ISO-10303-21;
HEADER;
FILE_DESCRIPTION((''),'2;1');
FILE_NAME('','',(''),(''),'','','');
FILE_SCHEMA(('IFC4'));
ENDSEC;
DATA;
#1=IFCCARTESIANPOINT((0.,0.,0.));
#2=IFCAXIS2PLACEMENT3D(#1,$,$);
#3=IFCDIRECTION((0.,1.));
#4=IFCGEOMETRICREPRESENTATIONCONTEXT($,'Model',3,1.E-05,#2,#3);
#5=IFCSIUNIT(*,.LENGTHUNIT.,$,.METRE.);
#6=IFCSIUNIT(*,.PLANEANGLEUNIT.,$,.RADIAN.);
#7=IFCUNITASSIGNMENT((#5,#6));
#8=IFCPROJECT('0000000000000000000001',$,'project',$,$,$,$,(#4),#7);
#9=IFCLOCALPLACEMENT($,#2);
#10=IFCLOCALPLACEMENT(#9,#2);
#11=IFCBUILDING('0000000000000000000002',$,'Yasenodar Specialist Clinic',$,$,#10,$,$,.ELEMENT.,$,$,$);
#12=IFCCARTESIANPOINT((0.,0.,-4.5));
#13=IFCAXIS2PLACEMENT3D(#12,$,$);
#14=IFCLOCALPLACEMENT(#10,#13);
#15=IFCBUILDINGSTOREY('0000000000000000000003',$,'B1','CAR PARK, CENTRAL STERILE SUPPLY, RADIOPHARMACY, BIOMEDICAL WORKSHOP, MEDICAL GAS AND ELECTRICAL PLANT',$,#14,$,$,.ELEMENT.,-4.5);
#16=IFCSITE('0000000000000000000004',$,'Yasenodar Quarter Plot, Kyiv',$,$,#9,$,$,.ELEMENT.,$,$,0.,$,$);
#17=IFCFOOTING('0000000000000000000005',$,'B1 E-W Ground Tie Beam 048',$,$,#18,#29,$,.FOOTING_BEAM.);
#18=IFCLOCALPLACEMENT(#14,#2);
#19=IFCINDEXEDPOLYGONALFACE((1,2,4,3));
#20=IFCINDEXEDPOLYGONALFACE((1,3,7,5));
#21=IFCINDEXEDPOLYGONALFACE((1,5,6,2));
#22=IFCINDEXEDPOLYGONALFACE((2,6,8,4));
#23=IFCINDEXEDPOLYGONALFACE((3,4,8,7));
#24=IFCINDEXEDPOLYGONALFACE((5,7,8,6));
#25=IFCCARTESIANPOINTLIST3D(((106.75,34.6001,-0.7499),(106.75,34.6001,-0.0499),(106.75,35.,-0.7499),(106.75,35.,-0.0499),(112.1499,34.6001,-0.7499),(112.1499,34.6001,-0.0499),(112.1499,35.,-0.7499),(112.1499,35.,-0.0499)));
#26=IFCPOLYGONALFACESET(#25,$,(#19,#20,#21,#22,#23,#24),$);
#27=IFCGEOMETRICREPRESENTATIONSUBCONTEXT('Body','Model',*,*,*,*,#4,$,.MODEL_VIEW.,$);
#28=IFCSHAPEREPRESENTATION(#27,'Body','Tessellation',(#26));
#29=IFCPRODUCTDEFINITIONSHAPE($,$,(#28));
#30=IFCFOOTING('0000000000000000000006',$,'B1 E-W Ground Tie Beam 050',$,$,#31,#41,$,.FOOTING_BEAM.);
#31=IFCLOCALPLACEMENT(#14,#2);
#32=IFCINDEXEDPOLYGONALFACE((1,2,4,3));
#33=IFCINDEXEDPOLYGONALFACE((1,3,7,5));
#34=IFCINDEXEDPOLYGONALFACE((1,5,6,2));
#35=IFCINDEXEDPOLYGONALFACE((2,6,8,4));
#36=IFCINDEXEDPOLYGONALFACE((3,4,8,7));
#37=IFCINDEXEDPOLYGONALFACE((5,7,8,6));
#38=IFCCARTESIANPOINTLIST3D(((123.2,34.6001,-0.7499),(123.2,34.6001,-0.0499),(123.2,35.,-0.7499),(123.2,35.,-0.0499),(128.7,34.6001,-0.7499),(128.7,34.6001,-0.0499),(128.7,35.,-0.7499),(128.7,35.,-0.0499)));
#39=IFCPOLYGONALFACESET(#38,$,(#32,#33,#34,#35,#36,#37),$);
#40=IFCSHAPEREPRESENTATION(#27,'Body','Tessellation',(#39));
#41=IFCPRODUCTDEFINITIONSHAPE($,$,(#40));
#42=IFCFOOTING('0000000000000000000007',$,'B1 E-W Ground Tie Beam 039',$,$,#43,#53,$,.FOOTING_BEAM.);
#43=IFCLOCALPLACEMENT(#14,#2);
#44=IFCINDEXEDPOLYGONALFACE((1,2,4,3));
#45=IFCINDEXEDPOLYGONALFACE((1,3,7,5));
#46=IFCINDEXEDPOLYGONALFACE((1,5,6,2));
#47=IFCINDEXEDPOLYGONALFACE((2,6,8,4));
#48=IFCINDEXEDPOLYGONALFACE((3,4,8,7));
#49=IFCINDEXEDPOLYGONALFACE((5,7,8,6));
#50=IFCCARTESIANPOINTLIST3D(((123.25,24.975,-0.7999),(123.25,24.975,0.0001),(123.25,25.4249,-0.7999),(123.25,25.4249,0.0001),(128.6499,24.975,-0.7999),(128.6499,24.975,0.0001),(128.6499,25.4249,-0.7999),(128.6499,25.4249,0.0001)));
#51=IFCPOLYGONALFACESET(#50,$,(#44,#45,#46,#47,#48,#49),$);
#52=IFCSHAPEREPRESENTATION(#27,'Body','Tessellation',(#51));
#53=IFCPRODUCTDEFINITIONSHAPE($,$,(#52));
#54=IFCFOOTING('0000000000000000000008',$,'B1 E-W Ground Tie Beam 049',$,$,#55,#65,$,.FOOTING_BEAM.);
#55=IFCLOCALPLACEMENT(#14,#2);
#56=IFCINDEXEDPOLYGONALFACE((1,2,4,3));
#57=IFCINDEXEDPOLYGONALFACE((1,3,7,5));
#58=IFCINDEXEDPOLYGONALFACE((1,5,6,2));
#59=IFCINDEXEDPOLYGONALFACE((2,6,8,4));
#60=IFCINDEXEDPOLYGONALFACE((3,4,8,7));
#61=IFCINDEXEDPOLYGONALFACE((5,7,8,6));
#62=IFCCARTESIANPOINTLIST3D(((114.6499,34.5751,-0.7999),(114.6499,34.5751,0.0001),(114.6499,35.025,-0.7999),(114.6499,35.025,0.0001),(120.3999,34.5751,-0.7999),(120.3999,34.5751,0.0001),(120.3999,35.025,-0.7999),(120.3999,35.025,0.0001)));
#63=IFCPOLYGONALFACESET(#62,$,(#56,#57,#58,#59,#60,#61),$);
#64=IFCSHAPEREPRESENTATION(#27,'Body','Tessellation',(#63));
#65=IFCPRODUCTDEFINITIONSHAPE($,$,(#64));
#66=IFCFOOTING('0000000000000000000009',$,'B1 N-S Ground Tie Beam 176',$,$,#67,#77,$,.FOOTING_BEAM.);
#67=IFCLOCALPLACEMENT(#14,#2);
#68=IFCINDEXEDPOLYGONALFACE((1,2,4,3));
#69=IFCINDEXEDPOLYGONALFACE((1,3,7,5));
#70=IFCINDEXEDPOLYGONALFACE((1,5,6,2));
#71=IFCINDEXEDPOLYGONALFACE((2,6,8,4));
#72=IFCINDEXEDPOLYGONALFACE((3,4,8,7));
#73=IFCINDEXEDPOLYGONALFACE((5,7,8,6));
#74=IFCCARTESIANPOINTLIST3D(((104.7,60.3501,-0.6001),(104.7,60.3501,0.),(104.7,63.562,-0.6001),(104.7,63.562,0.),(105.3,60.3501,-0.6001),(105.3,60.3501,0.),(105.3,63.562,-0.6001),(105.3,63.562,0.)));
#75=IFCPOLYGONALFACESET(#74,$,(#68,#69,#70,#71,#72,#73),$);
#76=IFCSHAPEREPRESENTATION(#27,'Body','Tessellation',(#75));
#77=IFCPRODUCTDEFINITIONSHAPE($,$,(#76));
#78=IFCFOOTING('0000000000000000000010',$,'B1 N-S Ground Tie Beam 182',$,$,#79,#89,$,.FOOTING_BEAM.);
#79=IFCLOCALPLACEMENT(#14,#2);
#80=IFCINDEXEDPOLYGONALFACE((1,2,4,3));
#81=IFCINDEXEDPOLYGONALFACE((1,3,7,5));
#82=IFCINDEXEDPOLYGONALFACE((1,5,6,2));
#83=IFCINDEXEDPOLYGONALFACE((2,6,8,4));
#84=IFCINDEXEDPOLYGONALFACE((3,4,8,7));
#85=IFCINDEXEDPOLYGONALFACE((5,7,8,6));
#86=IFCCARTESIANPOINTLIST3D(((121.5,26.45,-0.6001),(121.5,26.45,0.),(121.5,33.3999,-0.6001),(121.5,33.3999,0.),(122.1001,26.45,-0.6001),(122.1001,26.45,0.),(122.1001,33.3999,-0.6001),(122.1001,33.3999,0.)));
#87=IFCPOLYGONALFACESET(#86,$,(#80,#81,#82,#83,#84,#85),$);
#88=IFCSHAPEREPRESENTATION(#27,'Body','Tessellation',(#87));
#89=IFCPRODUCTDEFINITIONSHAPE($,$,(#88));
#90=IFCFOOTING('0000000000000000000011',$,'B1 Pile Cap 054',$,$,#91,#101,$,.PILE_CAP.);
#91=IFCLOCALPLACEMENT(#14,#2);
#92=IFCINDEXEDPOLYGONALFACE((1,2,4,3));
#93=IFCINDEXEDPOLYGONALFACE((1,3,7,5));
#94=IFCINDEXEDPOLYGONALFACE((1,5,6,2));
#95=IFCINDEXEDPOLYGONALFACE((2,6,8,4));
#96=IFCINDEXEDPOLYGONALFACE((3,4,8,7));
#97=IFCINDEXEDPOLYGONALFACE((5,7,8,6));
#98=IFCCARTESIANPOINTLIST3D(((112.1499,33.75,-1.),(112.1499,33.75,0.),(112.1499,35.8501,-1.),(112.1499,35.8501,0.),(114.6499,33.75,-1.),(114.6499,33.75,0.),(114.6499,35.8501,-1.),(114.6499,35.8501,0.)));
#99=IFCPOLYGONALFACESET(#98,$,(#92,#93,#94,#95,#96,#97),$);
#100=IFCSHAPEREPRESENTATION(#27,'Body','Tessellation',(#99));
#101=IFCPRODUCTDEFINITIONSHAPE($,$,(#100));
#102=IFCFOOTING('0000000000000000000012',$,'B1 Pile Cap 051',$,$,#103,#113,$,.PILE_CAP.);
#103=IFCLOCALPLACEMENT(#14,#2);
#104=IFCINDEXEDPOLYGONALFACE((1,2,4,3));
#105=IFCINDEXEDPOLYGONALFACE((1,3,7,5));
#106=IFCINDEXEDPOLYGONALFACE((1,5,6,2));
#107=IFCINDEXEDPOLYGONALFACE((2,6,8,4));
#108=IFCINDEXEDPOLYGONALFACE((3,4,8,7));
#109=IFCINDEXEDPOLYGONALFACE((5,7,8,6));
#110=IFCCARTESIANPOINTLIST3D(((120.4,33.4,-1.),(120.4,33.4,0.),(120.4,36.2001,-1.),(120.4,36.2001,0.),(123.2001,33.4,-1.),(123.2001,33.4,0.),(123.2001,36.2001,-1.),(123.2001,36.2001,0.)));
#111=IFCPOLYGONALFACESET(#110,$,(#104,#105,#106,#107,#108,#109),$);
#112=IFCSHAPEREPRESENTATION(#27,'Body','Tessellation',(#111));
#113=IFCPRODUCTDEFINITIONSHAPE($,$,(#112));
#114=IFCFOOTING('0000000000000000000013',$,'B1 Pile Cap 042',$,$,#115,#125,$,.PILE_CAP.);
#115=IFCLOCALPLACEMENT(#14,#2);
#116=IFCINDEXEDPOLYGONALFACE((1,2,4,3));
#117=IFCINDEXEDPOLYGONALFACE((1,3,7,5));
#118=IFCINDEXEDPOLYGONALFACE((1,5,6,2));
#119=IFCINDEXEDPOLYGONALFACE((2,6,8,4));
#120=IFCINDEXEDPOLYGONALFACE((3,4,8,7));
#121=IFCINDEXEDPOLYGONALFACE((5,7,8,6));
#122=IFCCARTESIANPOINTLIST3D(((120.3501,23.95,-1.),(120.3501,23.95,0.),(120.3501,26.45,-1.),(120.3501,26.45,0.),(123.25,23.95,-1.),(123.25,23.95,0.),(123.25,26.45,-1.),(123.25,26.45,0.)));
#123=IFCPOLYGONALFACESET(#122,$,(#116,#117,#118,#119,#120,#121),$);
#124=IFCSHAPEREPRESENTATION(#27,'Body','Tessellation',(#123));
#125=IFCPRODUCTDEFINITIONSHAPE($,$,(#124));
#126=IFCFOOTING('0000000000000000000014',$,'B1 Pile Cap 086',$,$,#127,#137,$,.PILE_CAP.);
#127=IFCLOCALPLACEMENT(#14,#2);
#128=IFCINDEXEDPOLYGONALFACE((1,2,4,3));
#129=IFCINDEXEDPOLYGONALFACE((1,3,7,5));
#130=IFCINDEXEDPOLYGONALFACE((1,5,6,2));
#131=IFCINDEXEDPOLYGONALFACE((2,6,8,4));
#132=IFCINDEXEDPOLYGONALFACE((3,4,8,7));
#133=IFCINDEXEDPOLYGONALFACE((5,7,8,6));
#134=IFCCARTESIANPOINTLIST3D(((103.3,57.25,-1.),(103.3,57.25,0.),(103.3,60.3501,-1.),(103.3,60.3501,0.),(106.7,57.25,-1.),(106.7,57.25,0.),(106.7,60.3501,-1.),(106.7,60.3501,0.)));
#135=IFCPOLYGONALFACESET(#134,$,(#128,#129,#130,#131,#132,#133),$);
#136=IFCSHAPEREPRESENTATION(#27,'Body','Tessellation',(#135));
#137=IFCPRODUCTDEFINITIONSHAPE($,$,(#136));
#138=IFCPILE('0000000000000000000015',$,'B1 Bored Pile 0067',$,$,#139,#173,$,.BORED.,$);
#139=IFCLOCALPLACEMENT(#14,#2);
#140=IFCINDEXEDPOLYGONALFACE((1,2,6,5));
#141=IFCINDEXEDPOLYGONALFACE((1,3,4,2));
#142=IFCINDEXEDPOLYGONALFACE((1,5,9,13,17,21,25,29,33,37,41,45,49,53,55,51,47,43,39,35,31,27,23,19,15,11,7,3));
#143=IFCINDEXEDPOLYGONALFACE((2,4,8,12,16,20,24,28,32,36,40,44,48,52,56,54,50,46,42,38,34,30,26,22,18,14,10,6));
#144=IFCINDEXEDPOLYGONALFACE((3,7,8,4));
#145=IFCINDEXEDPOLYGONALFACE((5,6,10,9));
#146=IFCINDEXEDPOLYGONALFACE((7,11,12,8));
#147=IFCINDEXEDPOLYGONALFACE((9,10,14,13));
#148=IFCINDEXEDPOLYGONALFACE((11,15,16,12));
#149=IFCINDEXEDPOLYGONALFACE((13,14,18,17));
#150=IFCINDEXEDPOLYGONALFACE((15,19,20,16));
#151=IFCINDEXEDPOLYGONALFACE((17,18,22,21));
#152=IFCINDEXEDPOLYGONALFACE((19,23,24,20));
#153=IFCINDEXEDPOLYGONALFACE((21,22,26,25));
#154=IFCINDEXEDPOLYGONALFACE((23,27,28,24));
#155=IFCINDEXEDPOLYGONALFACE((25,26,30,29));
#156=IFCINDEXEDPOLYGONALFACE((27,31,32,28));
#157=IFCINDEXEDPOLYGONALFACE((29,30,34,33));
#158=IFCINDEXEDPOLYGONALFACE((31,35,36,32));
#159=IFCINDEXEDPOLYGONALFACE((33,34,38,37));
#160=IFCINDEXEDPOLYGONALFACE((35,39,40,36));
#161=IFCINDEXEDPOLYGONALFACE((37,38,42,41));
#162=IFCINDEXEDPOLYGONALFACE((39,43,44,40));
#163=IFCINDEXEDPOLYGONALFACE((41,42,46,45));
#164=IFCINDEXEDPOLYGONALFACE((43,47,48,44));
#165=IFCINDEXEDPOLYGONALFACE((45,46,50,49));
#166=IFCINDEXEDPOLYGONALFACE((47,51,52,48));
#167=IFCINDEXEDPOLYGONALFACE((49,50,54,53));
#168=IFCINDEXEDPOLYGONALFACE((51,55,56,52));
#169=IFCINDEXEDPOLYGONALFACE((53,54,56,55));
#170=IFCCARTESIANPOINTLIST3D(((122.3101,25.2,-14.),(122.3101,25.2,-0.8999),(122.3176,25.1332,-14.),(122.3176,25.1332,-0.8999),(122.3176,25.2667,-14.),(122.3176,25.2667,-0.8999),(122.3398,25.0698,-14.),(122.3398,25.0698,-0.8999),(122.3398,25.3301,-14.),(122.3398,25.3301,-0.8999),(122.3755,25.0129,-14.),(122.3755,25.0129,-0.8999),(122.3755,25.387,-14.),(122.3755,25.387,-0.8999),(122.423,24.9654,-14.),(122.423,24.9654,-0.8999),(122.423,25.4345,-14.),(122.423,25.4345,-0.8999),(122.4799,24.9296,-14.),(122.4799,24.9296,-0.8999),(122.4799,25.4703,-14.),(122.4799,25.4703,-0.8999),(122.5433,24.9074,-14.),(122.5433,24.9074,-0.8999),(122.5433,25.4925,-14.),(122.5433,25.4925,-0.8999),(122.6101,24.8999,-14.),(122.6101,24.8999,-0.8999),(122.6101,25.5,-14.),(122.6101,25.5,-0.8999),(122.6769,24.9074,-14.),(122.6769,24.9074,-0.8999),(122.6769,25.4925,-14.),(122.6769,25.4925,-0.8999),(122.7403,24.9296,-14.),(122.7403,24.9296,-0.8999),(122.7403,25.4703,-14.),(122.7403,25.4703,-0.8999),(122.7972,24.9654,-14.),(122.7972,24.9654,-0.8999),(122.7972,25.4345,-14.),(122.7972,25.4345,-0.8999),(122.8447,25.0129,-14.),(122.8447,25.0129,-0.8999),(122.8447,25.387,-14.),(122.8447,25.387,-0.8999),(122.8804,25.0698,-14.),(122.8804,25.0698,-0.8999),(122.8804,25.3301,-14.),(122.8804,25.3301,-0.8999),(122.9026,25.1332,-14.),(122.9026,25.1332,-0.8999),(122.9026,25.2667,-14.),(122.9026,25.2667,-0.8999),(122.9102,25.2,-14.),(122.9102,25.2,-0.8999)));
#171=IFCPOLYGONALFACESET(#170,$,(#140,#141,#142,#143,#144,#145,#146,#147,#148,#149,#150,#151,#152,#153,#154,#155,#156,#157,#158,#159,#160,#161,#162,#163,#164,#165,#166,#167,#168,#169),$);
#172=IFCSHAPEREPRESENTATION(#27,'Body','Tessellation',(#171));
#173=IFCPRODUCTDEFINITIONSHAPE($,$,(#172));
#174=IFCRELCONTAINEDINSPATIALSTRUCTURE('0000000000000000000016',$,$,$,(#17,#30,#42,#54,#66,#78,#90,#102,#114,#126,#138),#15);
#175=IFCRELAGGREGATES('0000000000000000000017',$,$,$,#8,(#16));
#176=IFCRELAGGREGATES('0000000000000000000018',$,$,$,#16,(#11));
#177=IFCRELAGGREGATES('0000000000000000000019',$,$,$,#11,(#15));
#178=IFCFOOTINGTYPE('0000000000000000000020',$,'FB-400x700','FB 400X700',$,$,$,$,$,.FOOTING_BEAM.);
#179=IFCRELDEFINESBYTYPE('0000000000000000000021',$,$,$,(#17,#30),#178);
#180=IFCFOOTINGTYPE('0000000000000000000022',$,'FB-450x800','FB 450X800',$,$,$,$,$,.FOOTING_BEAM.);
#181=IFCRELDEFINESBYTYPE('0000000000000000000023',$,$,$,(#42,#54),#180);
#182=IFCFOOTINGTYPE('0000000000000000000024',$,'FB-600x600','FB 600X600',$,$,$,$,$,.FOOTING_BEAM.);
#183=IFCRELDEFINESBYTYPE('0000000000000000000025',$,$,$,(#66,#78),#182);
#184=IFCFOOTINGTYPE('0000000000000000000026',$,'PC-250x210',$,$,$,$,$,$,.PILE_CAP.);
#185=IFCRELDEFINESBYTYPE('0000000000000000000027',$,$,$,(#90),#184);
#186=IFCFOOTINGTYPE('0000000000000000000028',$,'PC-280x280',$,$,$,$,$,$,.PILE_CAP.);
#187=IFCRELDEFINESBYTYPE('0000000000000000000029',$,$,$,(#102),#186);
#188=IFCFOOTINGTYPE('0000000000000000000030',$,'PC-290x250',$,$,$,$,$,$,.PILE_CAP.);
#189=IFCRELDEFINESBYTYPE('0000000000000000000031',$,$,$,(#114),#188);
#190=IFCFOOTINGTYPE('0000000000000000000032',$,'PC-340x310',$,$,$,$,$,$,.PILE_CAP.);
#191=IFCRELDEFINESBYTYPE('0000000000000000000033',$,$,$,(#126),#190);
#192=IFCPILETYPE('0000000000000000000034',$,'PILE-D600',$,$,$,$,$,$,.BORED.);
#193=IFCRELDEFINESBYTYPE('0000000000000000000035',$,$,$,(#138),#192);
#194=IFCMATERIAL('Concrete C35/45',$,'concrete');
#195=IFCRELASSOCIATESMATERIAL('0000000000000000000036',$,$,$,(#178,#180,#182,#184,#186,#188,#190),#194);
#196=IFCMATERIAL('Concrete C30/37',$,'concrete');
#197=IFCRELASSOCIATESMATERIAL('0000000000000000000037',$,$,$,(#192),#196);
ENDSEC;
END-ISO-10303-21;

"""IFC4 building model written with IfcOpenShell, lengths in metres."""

from ifc_helpers import new_model, si_unit, direction, frame, origin, origin_2d, place, context, subcontext, project, spatial, rectangle, circle, extrude, material, material_profile, profile_set, type_object, element, save


model = new_model("IFC4")

# Units and contexts
model_context = context("Model", 3, precision=1e-05, world=origin(), true_north=direction((0.0, 1.0)))
body_context = subcontext(model_context, "Body", "Model", "MODEL_VIEW")
ifc_project = project(units=[si_unit("LENGTHUNIT", "METRE"), si_unit("PLANEANGLEUNIT", "RADIAN")], contexts=[model_context])

# Site, building, storey
site_placement = place(None, origin())
site = spatial("IfcSite", under=ifc_project, at=site_placement, Name="Yasenodar Quarter Plot, Kyiv", CompositionType="ELEMENT", RefElevation=0.0)
building_placement = place(site_placement, origin())
building = spatial("IfcBuilding", under=site, at=building_placement, Name="Yasenodar Specialist Clinic", CompositionType="ELEMENT")
storey_placement = place(building_placement, frame((0.0, 0.0, -4.5)))
storey = spatial("IfcBuildingStorey", under=building, at=storey_placement, Name="B1", Description="CAR PARK, CENTRAL STERILE SUPPLY, RADIOPHARMACY, BIOMEDICAL WORKSHOP, MEDICAL GAS AND ELECTRICAL PLANT", CompositionType="ELEMENT", Elevation=-4.5)

# Footings
ifc_material_1 = material(Name="Concrete C35/45", Category="concrete")
ifc_material_profile_1 = material_profile(ifc_material_1, rectangle(XDim=0.3999, YDim=0.7, at=origin_2d()), Name="RC 400x700")
ifc_profile_set_1 = profile_set([ifc_material_profile_1], Name="Concrete C35/45")
footing_type_1 = type_object("IfcFootingType", Name="FB-400x700", Description="FB 400X700", PredefinedType="FOOTING_BEAM", material=ifc_profile_set_1)
footing_1_placement = place(storey_placement, frame((106.75, 34.8, -0.3999), z_axis=(1.0, 0.0, 0.0), x_axis=(0.0, 1.0, 0.0)))
element("IfcFooting", 1, at=footing_1_placement, inside=storey, type_object=footing_type_1, Name="B1 E-W Ground Tie Beam 048", PredefinedType="FOOTING_BEAM", context=body_context, shape_type="SweptSolid", body=[
    extrude(rectangle(XDim=0.3999, YDim=0.7, at=origin_2d()), origin(), (0.0, 0.0, 1.0), 5.3999),
])
footing_2_placement = place(storey_placement, frame((123.2, 34.8, -0.3999), z_axis=(1.0, 0.0, 0.0), x_axis=(0.0, 1.0, 0.0)))
element("IfcFooting", 2, at=footing_2_placement, inside=storey, type_object=footing_type_1, Name="B1 E-W Ground Tie Beam 050", PredefinedType="FOOTING_BEAM", context=body_context, shape_type="SweptSolid", body=[
    extrude(rectangle(XDim=0.3999, YDim=0.7, at=origin_2d()), origin(), (0.0, 0.0, 1.0), 5.5),
])
ifc_material_profile_2 = material_profile(ifc_material_1, rectangle(XDim=0.45, YDim=0.8, at=origin_2d()), Name="RC 450x800")
ifc_profile_set_2 = profile_set([ifc_material_profile_2], Name="Concrete C35/45")
footing_type_2 = type_object("IfcFootingType", Name="FB-450x800", Description="FB 450X800", PredefinedType="FOOTING_BEAM", material=ifc_profile_set_2)
footing_3_placement = place(storey_placement, frame((123.25, 25.2, -0.3999), z_axis=(1.0, 0.0, 0.0), x_axis=(0.0, 1.0, 0.0)))
element("IfcFooting", 3, at=footing_3_placement, inside=storey, type_object=footing_type_2, Name="B1 E-W Ground Tie Beam 039", PredefinedType="FOOTING_BEAM", context=body_context, shape_type="SweptSolid", body=[
    extrude(rectangle(XDim=0.45, YDim=0.8, at=origin_2d()), origin(), (0.0, 0.0, 1.0), 5.3999),
])
footing_4_placement = place(storey_placement, frame((114.6499, 34.8, -0.3999), z_axis=(1.0, 0.0, 0.0), x_axis=(0.0, 1.0, 0.0)))
element("IfcFooting", 4, at=footing_4_placement, inside=storey, type_object=footing_type_2, Name="B1 E-W Ground Tie Beam 049", PredefinedType="FOOTING_BEAM", context=body_context, shape_type="SweptSolid", body=[
    extrude(rectangle(XDim=0.45, YDim=0.8, at=origin_2d()), origin(), (0.0, 0.0, 1.0), 5.75),
])
ifc_material_profile_3 = material_profile(ifc_material_1, rectangle(XDim=0.6001, YDim=0.6001, at=origin_2d()), Name="RC 600x600")
ifc_profile_set_3 = profile_set([ifc_material_profile_3], Name="Concrete C35/45")
footing_type_3 = type_object("IfcFootingType", Name="FB-600x600", Description="FB 600X600", PredefinedType="FOOTING_BEAM", material=ifc_profile_set_3)
footing_5_placement = place(storey_placement, frame((105.0, 60.3501, -0.3), z_axis=(0.0, 1.0, 0.0), x_axis=(-1.0, 0.0, 0.0)))
element("IfcFooting", 5, at=footing_5_placement, inside=storey, type_object=footing_type_3, Name="B1 N-S Ground Tie Beam 176", PredefinedType="FOOTING_BEAM", context=body_context, shape_type="SweptSolid", body=[
    extrude(rectangle(XDim=0.6001, YDim=0.6001, at=origin_2d()), origin(), (0.0, 0.0, 1.0), 3.2119),
])
footing_6_placement = place(storey_placement, frame((121.8, 26.45, -0.3), z_axis=(0.0, 1.0, 0.0), x_axis=(-1.0, 0.0, 0.0)))
element("IfcFooting", 6, at=footing_6_placement, inside=storey, type_object=footing_type_3, Name="B1 N-S Ground Tie Beam 182", PredefinedType="FOOTING_BEAM", context=body_context, shape_type="SweptSolid", body=[
    extrude(rectangle(XDim=0.6001, YDim=0.6001, at=origin_2d()), origin(), (0.0, 0.0, 1.0), 6.95),
])
footing_type_4 = type_object("IfcFootingType", Name="PC-250x210", PredefinedType="PILE_CAP", material=ifc_material_1)
footing_7_placement = place(storey_placement, frame((113.3999, 34.8, -1.0), z_axis=(0.0, 0.0, 1.0), x_axis=(1.0, 0.0, 0.0)))
element("IfcFooting", 7, at=footing_7_placement, inside=storey, type_object=footing_type_4, Name="B1 Pile Cap 054", PredefinedType="PILE_CAP", context=body_context, shape_type="SweptSolid", body=[
    extrude(rectangle(XDim=2.5, YDim=2.1001, at=origin_2d()), origin(), (0.0, 0.0, 1.0), 1.0),
])
footing_type_5 = type_object("IfcFootingType", Name="PC-280x280", PredefinedType="PILE_CAP", material=ifc_material_1)
footing_8_placement = place(storey_placement, frame((121.8, 34.8, -1.0), z_axis=(0.0, 0.0, 1.0), x_axis=(1.0, 0.0, 0.0)))
element("IfcFooting", 8, at=footing_8_placement, inside=storey, type_object=footing_type_5, Name="B1 Pile Cap 051", PredefinedType="PILE_CAP", context=body_context, shape_type="SweptSolid", body=[
    extrude(rectangle(XDim=2.8, YDim=2.8, at=origin_2d()), origin(), (0.0, 0.0, 1.0), 1.0),
])
footing_type_6 = type_object("IfcFootingType", Name="PC-290x250", PredefinedType="PILE_CAP", material=ifc_material_1)
footing_9_placement = place(storey_placement, frame((121.8, 25.2, -1.0), z_axis=(0.0, 0.0, 1.0), x_axis=(1.0, 0.0, 0.0)))
element("IfcFooting", 9, at=footing_9_placement, inside=storey, type_object=footing_type_6, Name="B1 Pile Cap 042", PredefinedType="PILE_CAP", context=body_context, shape_type="SweptSolid", body=[
    extrude(rectangle(XDim=2.8999, YDim=2.5, at=origin_2d()), origin(), (0.0, 0.0, 1.0), 1.0),
])
footing_type_7 = type_object("IfcFootingType", Name="PC-340x310", PredefinedType="PILE_CAP", material=ifc_material_1)
footing_10_placement = place(storey_placement, frame((105.0, 58.8, -1.0), z_axis=(0.0, 0.0, 1.0), x_axis=(1.0, 0.0, 0.0)))
element("IfcFooting", 10, at=footing_10_placement, inside=storey, type_object=footing_type_7, Name="B1 Pile Cap 086", PredefinedType="PILE_CAP", context=body_context, shape_type="SweptSolid", body=[
    extrude(rectangle(XDim=3.3999, YDim=3.1001, at=origin_2d()), origin(), (0.0, 0.0, 1.0), 1.0),
])

# Pile
ifc_material_2 = material(Name="Concrete C30/37", Category="concrete")
ifc_material_profile_4 = material_profile(ifc_material_2, circle(Radius=0.3, at=origin_2d()), Name="PILE D600")
ifc_profile_set_4 = profile_set([ifc_material_profile_4], Name="Concrete C30/37")
pile_type_1 = type_object("IfcPileType", Name="PILE-D600", PredefinedType="BORED", material=ifc_profile_set_4)
for number, where, z_axis, x_axis, name in (
    (11, (122.6101, 25.2, -0.8999), (0.0, 0.0, -1.0), (1.0, 0.0, 0.0), "B1 Bored Pile 0067"),
):
    element("IfcPile", number, at=place(storey_placement, frame(where, z_axis=z_axis, x_axis=x_axis)), inside=storey, type_object=pile_type_1, Name=name, PredefinedType="BORED", context=body_context, shape_type="SweptSolid", body=[
        extrude(circle(Radius=0.3, at=origin_2d()), origin(), (0.0, 0.0, 1.0), 13.1001),
    ])

save(model, "model.ifc")
